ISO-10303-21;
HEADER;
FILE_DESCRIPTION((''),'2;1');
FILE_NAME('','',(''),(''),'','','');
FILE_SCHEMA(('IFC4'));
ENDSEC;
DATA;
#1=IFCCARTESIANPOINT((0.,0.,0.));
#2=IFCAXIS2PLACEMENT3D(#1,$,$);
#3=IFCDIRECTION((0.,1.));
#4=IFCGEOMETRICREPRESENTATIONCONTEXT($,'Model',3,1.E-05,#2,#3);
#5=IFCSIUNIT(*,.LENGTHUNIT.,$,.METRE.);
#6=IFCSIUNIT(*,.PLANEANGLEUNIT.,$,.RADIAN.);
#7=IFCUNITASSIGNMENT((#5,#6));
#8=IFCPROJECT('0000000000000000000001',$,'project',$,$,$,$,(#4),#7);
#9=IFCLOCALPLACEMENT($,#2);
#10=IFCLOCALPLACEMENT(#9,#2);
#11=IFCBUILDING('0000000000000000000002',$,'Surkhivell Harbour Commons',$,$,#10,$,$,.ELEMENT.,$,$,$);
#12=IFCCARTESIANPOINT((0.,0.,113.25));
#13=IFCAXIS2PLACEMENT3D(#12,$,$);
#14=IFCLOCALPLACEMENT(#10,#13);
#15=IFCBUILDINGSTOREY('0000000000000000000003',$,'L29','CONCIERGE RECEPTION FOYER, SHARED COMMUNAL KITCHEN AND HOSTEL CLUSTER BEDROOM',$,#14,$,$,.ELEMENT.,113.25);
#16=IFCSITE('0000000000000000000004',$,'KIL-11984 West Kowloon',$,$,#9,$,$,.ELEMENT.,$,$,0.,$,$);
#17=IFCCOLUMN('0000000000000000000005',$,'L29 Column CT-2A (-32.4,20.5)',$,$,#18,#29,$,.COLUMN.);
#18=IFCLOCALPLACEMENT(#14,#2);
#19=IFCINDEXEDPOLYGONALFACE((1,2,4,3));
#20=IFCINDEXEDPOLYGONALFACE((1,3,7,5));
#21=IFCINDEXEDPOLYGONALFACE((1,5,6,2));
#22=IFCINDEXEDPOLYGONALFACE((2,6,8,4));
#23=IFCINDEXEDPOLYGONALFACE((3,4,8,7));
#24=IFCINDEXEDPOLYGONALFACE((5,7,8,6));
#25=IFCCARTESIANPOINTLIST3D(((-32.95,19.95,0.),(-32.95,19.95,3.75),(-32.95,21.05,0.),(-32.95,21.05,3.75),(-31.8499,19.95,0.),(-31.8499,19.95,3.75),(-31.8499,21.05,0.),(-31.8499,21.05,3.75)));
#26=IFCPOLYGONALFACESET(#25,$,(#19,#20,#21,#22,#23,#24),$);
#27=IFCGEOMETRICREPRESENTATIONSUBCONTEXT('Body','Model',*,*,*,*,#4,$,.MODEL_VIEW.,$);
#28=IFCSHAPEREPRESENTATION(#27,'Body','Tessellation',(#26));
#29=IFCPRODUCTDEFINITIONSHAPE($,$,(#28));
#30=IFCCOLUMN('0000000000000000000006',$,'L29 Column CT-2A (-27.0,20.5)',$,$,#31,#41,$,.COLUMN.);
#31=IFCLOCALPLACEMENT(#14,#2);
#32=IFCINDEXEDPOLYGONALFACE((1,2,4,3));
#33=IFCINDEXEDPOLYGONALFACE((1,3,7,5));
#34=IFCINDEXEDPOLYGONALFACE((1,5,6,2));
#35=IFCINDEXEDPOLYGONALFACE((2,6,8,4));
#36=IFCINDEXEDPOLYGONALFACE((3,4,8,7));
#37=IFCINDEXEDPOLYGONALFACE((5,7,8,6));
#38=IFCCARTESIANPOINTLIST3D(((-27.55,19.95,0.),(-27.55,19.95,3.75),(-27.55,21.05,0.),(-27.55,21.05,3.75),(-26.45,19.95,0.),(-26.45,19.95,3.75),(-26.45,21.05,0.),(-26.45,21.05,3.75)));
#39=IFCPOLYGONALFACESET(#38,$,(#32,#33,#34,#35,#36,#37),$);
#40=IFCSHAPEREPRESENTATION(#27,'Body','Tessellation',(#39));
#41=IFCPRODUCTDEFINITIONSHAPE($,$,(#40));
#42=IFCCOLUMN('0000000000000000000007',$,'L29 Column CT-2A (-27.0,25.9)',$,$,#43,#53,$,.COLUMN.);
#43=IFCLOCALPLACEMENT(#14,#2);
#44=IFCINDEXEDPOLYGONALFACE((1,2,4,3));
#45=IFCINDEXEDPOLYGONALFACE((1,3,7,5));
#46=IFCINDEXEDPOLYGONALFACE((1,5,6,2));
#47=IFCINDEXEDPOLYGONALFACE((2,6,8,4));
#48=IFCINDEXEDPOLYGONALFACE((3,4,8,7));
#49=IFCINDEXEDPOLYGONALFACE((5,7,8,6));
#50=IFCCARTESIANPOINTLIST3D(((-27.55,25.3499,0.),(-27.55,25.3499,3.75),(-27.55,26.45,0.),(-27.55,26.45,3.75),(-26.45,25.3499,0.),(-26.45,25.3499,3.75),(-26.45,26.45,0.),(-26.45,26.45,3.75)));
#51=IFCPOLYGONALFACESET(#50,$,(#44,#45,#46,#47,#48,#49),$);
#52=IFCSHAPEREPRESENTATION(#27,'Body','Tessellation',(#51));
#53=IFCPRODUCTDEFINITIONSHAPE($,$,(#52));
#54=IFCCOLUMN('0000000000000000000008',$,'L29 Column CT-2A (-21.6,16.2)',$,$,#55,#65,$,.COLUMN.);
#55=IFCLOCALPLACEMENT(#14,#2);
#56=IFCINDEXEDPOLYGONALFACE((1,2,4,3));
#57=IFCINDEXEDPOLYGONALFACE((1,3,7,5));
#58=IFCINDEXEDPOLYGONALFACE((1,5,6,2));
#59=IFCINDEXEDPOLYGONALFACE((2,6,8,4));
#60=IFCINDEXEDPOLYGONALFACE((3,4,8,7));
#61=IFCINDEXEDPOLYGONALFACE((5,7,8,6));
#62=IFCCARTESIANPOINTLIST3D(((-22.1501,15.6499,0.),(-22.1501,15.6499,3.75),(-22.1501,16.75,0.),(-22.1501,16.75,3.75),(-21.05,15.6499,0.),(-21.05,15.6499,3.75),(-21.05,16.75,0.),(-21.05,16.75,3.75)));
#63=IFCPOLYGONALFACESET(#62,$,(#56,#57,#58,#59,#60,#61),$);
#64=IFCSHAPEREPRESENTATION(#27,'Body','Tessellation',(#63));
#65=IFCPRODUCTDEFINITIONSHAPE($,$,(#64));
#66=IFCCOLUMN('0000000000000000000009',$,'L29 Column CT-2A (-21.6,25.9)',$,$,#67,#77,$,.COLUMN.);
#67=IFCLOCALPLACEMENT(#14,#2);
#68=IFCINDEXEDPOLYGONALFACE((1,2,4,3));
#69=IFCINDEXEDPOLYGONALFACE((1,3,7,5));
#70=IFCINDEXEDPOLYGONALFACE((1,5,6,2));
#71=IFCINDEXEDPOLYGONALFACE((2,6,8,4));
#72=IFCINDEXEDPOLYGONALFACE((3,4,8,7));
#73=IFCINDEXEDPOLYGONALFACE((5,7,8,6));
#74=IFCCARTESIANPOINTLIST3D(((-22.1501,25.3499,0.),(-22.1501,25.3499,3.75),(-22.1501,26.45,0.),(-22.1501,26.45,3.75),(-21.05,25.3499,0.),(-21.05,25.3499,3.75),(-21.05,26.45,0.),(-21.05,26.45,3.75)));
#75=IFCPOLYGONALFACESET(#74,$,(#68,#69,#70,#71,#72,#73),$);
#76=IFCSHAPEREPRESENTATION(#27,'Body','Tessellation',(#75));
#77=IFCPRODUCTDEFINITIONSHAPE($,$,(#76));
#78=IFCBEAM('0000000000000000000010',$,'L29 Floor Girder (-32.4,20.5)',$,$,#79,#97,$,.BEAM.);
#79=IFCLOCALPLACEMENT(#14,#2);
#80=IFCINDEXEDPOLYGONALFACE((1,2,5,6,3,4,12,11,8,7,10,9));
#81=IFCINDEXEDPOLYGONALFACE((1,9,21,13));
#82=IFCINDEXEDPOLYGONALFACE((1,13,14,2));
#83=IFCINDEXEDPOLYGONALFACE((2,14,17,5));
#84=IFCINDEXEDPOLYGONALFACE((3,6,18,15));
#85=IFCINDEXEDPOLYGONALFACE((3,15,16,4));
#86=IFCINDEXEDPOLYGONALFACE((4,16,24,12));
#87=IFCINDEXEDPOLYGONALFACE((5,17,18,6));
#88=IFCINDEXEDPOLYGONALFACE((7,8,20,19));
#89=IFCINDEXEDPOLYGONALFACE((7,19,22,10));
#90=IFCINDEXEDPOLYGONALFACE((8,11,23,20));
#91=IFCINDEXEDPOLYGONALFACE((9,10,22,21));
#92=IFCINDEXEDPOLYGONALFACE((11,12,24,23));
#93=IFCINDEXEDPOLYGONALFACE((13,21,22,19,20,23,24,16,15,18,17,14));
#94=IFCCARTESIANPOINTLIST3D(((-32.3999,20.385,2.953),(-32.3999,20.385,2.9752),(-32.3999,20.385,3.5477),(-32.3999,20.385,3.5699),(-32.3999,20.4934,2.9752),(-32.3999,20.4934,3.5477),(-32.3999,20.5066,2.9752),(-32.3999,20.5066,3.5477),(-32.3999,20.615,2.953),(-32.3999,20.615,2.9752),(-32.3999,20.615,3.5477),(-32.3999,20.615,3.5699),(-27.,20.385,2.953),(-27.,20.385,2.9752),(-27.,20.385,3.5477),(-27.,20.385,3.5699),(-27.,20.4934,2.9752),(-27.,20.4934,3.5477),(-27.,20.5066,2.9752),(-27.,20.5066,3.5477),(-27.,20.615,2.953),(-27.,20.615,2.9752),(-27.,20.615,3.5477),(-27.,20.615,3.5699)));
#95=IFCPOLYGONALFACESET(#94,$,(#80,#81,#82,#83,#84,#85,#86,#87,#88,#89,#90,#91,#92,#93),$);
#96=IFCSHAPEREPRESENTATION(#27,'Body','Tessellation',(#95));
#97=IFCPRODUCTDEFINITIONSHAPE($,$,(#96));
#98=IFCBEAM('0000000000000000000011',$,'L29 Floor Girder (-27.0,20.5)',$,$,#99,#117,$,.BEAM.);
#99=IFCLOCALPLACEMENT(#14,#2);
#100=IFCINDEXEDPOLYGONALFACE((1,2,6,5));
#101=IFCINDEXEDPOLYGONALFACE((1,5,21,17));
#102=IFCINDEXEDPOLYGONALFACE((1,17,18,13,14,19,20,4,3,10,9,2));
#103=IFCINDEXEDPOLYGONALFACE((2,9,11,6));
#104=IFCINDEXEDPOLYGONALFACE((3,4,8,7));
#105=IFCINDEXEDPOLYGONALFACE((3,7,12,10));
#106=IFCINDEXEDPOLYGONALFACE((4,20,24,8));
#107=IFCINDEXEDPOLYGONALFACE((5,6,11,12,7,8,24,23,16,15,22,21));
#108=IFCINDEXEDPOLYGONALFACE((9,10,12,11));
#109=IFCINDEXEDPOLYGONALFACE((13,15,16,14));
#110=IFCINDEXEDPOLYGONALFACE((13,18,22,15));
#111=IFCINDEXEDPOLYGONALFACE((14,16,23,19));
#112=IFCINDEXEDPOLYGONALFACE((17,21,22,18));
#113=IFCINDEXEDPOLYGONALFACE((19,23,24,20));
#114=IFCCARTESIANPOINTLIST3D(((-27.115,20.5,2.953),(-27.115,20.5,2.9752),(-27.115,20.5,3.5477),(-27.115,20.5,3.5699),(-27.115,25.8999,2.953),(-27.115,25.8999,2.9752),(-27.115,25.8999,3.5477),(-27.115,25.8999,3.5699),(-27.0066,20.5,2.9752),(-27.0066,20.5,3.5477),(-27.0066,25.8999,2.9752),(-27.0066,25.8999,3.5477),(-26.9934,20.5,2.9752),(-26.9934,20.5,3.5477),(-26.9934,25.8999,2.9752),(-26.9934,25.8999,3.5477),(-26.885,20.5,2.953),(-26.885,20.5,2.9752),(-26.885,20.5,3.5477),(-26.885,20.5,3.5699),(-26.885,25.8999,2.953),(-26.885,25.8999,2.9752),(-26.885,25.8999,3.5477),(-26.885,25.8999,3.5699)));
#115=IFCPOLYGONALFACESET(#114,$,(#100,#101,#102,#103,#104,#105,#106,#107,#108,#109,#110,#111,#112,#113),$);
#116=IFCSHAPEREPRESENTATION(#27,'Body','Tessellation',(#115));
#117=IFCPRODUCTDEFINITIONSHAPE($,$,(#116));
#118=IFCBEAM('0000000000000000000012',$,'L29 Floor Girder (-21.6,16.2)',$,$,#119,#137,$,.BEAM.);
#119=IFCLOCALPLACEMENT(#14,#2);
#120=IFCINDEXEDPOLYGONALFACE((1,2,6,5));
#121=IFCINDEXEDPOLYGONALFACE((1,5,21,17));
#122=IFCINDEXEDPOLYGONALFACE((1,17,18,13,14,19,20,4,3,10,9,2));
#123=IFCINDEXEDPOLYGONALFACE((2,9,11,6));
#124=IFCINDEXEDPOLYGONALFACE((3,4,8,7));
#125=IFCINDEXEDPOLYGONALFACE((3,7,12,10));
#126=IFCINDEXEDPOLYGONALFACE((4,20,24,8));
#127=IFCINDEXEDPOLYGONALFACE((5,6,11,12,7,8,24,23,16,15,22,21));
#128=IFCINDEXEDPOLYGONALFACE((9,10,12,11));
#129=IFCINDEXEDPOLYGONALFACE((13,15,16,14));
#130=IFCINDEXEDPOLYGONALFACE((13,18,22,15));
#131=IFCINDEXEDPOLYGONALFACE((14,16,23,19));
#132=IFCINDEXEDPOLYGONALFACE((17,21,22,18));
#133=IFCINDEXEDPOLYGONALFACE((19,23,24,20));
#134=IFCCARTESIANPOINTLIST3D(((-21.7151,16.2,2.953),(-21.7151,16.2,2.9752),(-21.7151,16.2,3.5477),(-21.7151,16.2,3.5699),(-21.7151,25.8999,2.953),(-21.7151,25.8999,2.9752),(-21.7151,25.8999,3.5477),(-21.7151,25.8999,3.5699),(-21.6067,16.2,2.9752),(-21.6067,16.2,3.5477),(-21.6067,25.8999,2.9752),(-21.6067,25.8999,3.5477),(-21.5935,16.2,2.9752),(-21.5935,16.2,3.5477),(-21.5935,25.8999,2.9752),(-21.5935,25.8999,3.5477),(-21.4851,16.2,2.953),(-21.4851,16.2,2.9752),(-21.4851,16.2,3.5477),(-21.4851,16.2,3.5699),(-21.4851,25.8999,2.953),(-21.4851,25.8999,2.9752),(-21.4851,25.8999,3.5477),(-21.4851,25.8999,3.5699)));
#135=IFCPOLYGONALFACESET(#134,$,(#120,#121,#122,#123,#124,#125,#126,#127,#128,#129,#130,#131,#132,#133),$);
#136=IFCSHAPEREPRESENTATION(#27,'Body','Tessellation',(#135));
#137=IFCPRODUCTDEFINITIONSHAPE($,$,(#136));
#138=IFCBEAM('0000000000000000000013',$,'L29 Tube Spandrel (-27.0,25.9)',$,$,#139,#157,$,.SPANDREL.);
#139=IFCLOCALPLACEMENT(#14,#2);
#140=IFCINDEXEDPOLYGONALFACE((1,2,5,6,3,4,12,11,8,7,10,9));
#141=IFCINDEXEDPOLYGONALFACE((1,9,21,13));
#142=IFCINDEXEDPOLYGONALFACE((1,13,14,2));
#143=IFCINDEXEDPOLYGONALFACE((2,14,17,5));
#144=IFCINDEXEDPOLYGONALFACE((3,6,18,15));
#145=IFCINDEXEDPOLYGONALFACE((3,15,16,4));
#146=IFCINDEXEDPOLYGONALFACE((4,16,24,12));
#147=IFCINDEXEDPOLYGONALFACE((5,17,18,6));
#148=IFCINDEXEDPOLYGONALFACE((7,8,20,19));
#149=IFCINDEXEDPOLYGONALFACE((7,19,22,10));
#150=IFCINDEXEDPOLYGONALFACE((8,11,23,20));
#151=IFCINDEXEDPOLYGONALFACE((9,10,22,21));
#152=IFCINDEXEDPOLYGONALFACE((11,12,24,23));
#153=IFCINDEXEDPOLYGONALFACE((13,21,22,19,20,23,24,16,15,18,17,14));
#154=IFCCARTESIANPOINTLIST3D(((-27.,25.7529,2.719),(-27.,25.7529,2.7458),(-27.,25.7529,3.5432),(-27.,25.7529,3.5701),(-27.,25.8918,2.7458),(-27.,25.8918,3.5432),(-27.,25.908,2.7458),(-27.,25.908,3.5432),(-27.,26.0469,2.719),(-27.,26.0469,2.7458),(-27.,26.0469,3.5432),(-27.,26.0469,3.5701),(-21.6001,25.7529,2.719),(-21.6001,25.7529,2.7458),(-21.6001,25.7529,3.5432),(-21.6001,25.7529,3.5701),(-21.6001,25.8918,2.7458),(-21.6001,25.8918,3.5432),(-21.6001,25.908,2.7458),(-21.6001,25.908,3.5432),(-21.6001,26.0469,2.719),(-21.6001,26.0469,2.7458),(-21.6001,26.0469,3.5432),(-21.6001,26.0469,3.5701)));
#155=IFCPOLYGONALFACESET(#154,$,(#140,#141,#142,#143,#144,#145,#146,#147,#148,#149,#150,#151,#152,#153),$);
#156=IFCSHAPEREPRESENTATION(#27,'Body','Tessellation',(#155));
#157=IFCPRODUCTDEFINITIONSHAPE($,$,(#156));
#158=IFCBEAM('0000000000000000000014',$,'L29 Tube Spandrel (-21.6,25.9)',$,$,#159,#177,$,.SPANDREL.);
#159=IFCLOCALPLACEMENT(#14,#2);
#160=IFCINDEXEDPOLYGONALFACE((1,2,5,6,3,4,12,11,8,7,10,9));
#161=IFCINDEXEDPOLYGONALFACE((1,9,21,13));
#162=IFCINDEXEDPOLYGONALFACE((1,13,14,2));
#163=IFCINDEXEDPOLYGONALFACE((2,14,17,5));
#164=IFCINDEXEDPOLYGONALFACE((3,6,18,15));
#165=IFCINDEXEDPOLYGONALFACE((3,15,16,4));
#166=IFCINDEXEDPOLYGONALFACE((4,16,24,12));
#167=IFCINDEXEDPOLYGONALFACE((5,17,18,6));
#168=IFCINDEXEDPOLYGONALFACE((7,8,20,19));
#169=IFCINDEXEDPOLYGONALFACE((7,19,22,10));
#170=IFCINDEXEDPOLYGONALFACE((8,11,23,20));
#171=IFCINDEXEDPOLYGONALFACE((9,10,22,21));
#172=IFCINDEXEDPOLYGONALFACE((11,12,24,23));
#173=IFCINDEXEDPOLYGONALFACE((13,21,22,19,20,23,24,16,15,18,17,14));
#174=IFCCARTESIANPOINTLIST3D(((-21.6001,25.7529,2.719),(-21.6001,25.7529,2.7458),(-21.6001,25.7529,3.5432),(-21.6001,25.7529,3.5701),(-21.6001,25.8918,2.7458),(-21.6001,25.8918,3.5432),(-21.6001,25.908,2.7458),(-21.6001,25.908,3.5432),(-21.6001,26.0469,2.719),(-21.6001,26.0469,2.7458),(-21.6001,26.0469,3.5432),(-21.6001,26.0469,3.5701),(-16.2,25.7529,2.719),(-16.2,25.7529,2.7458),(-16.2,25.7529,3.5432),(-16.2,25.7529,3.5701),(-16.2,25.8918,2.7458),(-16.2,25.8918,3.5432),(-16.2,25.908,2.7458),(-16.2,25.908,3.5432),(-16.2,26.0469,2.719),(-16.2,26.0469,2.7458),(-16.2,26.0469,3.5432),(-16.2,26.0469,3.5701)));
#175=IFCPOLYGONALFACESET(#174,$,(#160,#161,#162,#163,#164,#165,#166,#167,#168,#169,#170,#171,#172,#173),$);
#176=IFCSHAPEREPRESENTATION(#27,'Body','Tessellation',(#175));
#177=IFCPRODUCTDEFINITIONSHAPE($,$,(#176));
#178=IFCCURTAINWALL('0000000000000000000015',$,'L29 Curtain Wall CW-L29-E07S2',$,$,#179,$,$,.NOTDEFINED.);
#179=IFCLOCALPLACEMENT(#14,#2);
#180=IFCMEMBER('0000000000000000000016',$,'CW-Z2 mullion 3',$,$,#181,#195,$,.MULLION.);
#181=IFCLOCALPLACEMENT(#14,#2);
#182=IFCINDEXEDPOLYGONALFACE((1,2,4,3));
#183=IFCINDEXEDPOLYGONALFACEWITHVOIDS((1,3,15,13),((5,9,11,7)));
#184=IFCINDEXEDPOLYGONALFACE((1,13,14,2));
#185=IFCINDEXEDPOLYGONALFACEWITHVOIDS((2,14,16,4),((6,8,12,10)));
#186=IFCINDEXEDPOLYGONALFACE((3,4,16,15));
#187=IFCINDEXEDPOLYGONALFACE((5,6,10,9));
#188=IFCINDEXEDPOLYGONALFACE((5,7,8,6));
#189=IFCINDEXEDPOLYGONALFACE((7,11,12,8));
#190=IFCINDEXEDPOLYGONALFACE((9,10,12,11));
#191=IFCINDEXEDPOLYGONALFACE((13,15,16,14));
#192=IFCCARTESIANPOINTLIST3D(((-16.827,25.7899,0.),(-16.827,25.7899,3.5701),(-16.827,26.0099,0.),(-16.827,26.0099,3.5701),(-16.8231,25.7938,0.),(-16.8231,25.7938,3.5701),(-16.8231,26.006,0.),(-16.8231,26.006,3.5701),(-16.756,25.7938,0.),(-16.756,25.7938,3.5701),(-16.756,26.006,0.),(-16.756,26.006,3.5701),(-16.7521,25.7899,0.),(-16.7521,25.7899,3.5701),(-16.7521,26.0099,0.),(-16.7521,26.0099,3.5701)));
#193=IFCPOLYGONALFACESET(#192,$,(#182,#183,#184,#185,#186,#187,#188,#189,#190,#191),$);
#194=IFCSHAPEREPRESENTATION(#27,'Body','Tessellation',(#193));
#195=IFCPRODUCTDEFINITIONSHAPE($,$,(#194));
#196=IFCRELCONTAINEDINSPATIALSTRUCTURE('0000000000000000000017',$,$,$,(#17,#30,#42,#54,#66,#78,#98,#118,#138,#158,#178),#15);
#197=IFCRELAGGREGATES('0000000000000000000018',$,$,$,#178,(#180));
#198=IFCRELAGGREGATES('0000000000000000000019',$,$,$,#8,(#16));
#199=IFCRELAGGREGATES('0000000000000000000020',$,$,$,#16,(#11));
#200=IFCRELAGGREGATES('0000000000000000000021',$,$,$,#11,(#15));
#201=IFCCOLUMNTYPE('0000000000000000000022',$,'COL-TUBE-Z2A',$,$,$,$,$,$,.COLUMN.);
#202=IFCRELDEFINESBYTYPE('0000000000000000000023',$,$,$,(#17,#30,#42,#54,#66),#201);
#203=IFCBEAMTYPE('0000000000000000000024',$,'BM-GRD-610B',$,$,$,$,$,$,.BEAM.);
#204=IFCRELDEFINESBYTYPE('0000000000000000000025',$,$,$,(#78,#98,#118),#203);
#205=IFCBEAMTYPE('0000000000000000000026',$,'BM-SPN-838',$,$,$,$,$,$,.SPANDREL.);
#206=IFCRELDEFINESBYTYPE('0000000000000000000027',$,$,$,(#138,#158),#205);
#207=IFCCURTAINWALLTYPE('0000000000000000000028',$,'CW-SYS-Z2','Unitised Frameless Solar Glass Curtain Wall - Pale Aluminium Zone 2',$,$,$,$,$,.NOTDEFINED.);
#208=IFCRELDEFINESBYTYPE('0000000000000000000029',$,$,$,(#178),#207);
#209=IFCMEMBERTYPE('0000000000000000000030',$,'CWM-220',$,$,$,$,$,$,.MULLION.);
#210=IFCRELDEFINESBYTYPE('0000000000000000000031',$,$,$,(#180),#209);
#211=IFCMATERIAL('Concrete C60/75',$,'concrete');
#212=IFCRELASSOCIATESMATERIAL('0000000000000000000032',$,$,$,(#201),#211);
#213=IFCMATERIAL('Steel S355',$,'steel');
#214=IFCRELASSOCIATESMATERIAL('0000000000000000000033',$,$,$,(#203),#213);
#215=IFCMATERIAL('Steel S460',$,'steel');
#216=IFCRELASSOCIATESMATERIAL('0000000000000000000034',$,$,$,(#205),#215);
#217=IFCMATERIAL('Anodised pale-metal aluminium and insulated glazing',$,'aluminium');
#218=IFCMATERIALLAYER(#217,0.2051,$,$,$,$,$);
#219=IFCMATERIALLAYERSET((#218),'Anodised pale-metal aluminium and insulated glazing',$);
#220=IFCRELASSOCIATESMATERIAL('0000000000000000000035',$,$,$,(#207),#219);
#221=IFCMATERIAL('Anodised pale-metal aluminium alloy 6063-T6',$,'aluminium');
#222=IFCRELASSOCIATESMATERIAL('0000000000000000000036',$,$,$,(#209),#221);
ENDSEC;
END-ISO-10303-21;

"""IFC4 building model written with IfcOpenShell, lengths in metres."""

from ifc_helpers import new_model, si_unit, direction, frame, origin, origin_2d, place, context, subcontext, project, spatial, rectangle, hollow_rectangle, i_section, extrude, material, layer, layer_set, material_profile, profile_set, type_object, element, aggregate, save


model = new_model("IFC4")

# Units and contexts
model_context = context("Model", 3, precision=1e-05, world=origin(), true_north=direction((0.0, 1.0)))
body_context = subcontext(model_context, "Body", "Model", "MODEL_VIEW")
ifc_project = project(units=[si_unit("LENGTHUNIT", "METRE"), si_unit("PLANEANGLEUNIT", "RADIAN")], contexts=[model_context])

# Site, building, storey
site_placement = place(None, origin())
site = spatial("IfcSite", under=ifc_project, at=site_placement, Name="KIL-11984 West Kowloon", CompositionType="ELEMENT", RefElevation=0.0)
building_placement = place(site_placement, origin())
building = spatial("IfcBuilding", under=site, at=building_placement, Name="Surkhivell Harbour Commons", CompositionType="ELEMENT")
storey_placement = place(building_placement, frame((0.0, 0.0, 113.25)))
storey = spatial("IfcBuildingStorey", under=building, at=storey_placement, Name="L29", Description="CONCIERGE RECEPTION FOYER, SHARED COMMUNAL KITCHEN AND HOSTEL CLUSTER BEDROOM", CompositionType="ELEMENT", Elevation=113.25)

# Columns
ifc_material_1 = material(Name="Concrete C60/75", Category="concrete")
ifc_material_profile_1 = material_profile(ifc_material_1, rectangle(XDim=1.1001, YDim=1.1001, at=origin_2d()), Name="RC-COL-1100x1100")
ifc_profile_set_1 = profile_set([ifc_material_profile_1], Name="Concrete C60/75")
column_type = type_object("IfcColumnType", Name="COL-TUBE-Z2A", PredefinedType="COLUMN", material=ifc_profile_set_1)
for number, where, z_axis, x_axis, name in (
    (1, (-32.3999, 20.5, 0.0), (0.0, 0.0, 1.0), (1.0, 0.0, 0.0), "L29 Column CT-2A (-32.4,20.5)"),
    (2, (-27.0, 20.5, 0.0), (0.0, 0.0, 1.0), (1.0, 0.0, 0.0), "L29 Column CT-2A (-27.0,20.5)"),
    (3, (-27.0, 25.8999, 0.0), (0.0, 0.0, 1.0), (1.0, 0.0, 0.0), "L29 Column CT-2A (-27.0,25.9)"),
    (4, (-21.6001, 16.2, 0.0), (0.0, 0.0, 1.0), (1.0, 0.0, 0.0), "L29 Column CT-2A (-21.6,16.2)"),
    (5, (-21.6001, 25.8999, 0.0), (0.0, 0.0, 1.0), (1.0, 0.0, 0.0), "L29 Column CT-2A (-21.6,25.9)"),
):
    element("IfcColumn", number, at=place(storey_placement, frame(where, z_axis=z_axis, x_axis=x_axis)), inside=storey, type_object=column_type, Name=name, PredefinedType="COLUMN", context=body_context, shape_type="SweptSolid", body=[
        extrude(rectangle(XDim=1.1001, YDim=1.1001, at=origin_2d()), origin(), (0.0, 0.0, 1.0), 3.75),
    ])

# Beams
ifc_material_2 = material(Name="Steel S355", Category="steel")
ifc_material_profile_2 = material_profile(ifc_material_2, i_section(OverallWidth=0.23, OverallDepth=0.6169, WebThickness=0.0132, FlangeThickness=0.0222, at=origin_2d()), Name="UB610x229x140")
ifc_profile_set_2 = profile_set([ifc_material_profile_2], Name="Steel S355")
beam_type_1 = type_object("IfcBeamType", Name="BM-GRD-610B", PredefinedType="BEAM", material=ifc_profile_set_2)
for number, where, z_axis, x_axis, name in (
    (6, (-32.3999, 20.5, 3.2615), (1.0, 0.0, 0.0), (0.0, 1.0, 0.0), "L29 Floor Girder (-32.4,20.5)"),
    (7, (-27.0, 20.5, 3.2615), (0.0, 1.0, 0.0), (-1.0, 0.0, 0.0), "L29 Floor Girder (-27.0,20.5)"),
):
    element("IfcBeam", number, at=place(storey_placement, frame(where, z_axis=z_axis, x_axis=x_axis)), inside=storey, type_object=beam_type_1, Name=name, PredefinedType="BEAM", context=body_context, shape_type="SweptSolid", body=[
        extrude(i_section(OverallWidth=0.23, OverallDepth=0.6169, WebThickness=0.0132, FlangeThickness=0.0222, at=origin_2d()), origin(), (0.0, 0.0, 1.0), 5.3999),
    ])
beam_1_placement = place(storey_placement, frame((-21.6001, 16.2, 3.2615), z_axis=(0.0, 1.0, 0.0), x_axis=(-1.0, 0.0, 0.0)))
element("IfcBeam", 8, at=beam_1_placement, inside=storey, type_object=beam_type_1, Name="L29 Floor Girder (-21.6,16.2)", PredefinedType="BEAM", context=body_context, shape_type="SweptSolid", body=[
    extrude(i_section(OverallWidth=0.23, OverallDepth=0.6169, WebThickness=0.0132, FlangeThickness=0.0222, at=origin_2d()), origin(), (0.0, 0.0, 1.0), 9.7),
])
ifc_material_3 = material(Name="Steel S460", Category="steel")
ifc_material_profile_3 = material_profile(ifc_material_3, i_section(OverallWidth=0.2939, OverallDepth=0.8511, WebThickness=0.0161, FlangeThickness=0.0269, at=origin_2d()), Name="UB838x292x226")
ifc_profile_set_3 = profile_set([ifc_material_profile_3], Name="Steel S460")
beam_type_2 = type_object("IfcBeamType", Name="BM-SPN-838", PredefinedType="SPANDREL", material=ifc_profile_set_3)
beam_2_placement = place(storey_placement, frame((-27.0, 25.8999, 3.1445), z_axis=(1.0, 0.0, 0.0), x_axis=(0.0, 1.0, 0.0)))
element("IfcBeam", 9, at=beam_2_placement, inside=storey, type_object=beam_type_2, Name="L29 Tube Spandrel (-27.0,25.9)", PredefinedType="SPANDREL", context=body_context, shape_type="SweptSolid", body=[
    extrude(i_section(OverallWidth=0.2939, OverallDepth=0.8511, WebThickness=0.0161, FlangeThickness=0.0269, at=origin_2d()), origin(), (0.0, 0.0, 1.0), 5.3999),
])
beam_3_placement = place(storey_placement, frame((-21.6001, 25.8999, 3.1445), z_axis=(1.0, 0.0, 0.0), x_axis=(0.0, 1.0, 0.0)))
element("IfcBeam", 10, at=beam_3_placement, inside=storey, type_object=beam_type_2, Name="L29 Tube Spandrel (-21.6,25.9)", PredefinedType="SPANDREL", context=body_context, shape_type="SweptSolid", body=[
    extrude(i_section(OverallWidth=0.2939, OverallDepth=0.8511, WebThickness=0.0161, FlangeThickness=0.0269, at=origin_2d()), origin(), (0.0, 0.0, 1.0), 5.4001),
])

# Curtain wall, member
ifc_material_4 = material(Name="Anodised pale-metal aluminium and insulated glazing", Category="aluminium")
ifc_layer_1 = layer(ifc_material_4, 0.2051)
ifc_layer_set_1 = layer_set([ifc_layer_1], Name="Anodised pale-metal aluminium and insulated glazing")
curtain_wall_type = type_object("IfcCurtainWallType", Name="CW-SYS-Z2", Description="Unitised Frameless Solar Glass Curtain Wall - Pale Aluminium Zone 2", PredefinedType="NOTDEFINED", material=ifc_layer_set_1)
curtain_wall_1_placement = place(storey_placement, origin())
curtain_wall_1 = element("IfcCurtainWall", 11, at=curtain_wall_1_placement, inside=storey, type_object=curtain_wall_type, Name="L29 Curtain Wall CW-L29-E07S2", PredefinedType="NOTDEFINED")
ifc_material_5 = material(Name="Anodised pale-metal aluminium alloy 6063-T6", Category="aluminium")
ifc_material_profile_4 = material_profile(ifc_material_5, hollow_rectangle(XDim=0.075, YDim=0.22, WallThickness=0.0039, at=origin_2d()), Name="ALU-MULL-75x220")
ifc_profile_set_4 = profile_set([ifc_material_profile_4], Name="Anodised pale-metal aluminium alloy 6063-T6")
member_type_1 = type_object("IfcMemberType", Name="CWM-220", PredefinedType="MULLION", material=ifc_profile_set_4)
member_1_placement = place(storey_placement, frame((-16.7896, 25.8999, 0.0), z_axis=(0.0, 0.0, 1.0), x_axis=(-1.0, 0.0, 0.0)))
member_1 = element("IfcMember", 12, at=member_1_placement, type_object=member_type_1, Name="CW-Z2 mullion 3", PredefinedType="MULLION", context=body_context, shape_type="SweptSolid", body=[
    extrude(hollow_rectangle(XDim=0.075, YDim=0.22, WallThickness=0.0039, at=origin_2d()), origin(), (0.0, 0.0, 1.0), 3.5701),
])

aggregate(curtain_wall_1, [member_1])

save(model, "model.ifc")
